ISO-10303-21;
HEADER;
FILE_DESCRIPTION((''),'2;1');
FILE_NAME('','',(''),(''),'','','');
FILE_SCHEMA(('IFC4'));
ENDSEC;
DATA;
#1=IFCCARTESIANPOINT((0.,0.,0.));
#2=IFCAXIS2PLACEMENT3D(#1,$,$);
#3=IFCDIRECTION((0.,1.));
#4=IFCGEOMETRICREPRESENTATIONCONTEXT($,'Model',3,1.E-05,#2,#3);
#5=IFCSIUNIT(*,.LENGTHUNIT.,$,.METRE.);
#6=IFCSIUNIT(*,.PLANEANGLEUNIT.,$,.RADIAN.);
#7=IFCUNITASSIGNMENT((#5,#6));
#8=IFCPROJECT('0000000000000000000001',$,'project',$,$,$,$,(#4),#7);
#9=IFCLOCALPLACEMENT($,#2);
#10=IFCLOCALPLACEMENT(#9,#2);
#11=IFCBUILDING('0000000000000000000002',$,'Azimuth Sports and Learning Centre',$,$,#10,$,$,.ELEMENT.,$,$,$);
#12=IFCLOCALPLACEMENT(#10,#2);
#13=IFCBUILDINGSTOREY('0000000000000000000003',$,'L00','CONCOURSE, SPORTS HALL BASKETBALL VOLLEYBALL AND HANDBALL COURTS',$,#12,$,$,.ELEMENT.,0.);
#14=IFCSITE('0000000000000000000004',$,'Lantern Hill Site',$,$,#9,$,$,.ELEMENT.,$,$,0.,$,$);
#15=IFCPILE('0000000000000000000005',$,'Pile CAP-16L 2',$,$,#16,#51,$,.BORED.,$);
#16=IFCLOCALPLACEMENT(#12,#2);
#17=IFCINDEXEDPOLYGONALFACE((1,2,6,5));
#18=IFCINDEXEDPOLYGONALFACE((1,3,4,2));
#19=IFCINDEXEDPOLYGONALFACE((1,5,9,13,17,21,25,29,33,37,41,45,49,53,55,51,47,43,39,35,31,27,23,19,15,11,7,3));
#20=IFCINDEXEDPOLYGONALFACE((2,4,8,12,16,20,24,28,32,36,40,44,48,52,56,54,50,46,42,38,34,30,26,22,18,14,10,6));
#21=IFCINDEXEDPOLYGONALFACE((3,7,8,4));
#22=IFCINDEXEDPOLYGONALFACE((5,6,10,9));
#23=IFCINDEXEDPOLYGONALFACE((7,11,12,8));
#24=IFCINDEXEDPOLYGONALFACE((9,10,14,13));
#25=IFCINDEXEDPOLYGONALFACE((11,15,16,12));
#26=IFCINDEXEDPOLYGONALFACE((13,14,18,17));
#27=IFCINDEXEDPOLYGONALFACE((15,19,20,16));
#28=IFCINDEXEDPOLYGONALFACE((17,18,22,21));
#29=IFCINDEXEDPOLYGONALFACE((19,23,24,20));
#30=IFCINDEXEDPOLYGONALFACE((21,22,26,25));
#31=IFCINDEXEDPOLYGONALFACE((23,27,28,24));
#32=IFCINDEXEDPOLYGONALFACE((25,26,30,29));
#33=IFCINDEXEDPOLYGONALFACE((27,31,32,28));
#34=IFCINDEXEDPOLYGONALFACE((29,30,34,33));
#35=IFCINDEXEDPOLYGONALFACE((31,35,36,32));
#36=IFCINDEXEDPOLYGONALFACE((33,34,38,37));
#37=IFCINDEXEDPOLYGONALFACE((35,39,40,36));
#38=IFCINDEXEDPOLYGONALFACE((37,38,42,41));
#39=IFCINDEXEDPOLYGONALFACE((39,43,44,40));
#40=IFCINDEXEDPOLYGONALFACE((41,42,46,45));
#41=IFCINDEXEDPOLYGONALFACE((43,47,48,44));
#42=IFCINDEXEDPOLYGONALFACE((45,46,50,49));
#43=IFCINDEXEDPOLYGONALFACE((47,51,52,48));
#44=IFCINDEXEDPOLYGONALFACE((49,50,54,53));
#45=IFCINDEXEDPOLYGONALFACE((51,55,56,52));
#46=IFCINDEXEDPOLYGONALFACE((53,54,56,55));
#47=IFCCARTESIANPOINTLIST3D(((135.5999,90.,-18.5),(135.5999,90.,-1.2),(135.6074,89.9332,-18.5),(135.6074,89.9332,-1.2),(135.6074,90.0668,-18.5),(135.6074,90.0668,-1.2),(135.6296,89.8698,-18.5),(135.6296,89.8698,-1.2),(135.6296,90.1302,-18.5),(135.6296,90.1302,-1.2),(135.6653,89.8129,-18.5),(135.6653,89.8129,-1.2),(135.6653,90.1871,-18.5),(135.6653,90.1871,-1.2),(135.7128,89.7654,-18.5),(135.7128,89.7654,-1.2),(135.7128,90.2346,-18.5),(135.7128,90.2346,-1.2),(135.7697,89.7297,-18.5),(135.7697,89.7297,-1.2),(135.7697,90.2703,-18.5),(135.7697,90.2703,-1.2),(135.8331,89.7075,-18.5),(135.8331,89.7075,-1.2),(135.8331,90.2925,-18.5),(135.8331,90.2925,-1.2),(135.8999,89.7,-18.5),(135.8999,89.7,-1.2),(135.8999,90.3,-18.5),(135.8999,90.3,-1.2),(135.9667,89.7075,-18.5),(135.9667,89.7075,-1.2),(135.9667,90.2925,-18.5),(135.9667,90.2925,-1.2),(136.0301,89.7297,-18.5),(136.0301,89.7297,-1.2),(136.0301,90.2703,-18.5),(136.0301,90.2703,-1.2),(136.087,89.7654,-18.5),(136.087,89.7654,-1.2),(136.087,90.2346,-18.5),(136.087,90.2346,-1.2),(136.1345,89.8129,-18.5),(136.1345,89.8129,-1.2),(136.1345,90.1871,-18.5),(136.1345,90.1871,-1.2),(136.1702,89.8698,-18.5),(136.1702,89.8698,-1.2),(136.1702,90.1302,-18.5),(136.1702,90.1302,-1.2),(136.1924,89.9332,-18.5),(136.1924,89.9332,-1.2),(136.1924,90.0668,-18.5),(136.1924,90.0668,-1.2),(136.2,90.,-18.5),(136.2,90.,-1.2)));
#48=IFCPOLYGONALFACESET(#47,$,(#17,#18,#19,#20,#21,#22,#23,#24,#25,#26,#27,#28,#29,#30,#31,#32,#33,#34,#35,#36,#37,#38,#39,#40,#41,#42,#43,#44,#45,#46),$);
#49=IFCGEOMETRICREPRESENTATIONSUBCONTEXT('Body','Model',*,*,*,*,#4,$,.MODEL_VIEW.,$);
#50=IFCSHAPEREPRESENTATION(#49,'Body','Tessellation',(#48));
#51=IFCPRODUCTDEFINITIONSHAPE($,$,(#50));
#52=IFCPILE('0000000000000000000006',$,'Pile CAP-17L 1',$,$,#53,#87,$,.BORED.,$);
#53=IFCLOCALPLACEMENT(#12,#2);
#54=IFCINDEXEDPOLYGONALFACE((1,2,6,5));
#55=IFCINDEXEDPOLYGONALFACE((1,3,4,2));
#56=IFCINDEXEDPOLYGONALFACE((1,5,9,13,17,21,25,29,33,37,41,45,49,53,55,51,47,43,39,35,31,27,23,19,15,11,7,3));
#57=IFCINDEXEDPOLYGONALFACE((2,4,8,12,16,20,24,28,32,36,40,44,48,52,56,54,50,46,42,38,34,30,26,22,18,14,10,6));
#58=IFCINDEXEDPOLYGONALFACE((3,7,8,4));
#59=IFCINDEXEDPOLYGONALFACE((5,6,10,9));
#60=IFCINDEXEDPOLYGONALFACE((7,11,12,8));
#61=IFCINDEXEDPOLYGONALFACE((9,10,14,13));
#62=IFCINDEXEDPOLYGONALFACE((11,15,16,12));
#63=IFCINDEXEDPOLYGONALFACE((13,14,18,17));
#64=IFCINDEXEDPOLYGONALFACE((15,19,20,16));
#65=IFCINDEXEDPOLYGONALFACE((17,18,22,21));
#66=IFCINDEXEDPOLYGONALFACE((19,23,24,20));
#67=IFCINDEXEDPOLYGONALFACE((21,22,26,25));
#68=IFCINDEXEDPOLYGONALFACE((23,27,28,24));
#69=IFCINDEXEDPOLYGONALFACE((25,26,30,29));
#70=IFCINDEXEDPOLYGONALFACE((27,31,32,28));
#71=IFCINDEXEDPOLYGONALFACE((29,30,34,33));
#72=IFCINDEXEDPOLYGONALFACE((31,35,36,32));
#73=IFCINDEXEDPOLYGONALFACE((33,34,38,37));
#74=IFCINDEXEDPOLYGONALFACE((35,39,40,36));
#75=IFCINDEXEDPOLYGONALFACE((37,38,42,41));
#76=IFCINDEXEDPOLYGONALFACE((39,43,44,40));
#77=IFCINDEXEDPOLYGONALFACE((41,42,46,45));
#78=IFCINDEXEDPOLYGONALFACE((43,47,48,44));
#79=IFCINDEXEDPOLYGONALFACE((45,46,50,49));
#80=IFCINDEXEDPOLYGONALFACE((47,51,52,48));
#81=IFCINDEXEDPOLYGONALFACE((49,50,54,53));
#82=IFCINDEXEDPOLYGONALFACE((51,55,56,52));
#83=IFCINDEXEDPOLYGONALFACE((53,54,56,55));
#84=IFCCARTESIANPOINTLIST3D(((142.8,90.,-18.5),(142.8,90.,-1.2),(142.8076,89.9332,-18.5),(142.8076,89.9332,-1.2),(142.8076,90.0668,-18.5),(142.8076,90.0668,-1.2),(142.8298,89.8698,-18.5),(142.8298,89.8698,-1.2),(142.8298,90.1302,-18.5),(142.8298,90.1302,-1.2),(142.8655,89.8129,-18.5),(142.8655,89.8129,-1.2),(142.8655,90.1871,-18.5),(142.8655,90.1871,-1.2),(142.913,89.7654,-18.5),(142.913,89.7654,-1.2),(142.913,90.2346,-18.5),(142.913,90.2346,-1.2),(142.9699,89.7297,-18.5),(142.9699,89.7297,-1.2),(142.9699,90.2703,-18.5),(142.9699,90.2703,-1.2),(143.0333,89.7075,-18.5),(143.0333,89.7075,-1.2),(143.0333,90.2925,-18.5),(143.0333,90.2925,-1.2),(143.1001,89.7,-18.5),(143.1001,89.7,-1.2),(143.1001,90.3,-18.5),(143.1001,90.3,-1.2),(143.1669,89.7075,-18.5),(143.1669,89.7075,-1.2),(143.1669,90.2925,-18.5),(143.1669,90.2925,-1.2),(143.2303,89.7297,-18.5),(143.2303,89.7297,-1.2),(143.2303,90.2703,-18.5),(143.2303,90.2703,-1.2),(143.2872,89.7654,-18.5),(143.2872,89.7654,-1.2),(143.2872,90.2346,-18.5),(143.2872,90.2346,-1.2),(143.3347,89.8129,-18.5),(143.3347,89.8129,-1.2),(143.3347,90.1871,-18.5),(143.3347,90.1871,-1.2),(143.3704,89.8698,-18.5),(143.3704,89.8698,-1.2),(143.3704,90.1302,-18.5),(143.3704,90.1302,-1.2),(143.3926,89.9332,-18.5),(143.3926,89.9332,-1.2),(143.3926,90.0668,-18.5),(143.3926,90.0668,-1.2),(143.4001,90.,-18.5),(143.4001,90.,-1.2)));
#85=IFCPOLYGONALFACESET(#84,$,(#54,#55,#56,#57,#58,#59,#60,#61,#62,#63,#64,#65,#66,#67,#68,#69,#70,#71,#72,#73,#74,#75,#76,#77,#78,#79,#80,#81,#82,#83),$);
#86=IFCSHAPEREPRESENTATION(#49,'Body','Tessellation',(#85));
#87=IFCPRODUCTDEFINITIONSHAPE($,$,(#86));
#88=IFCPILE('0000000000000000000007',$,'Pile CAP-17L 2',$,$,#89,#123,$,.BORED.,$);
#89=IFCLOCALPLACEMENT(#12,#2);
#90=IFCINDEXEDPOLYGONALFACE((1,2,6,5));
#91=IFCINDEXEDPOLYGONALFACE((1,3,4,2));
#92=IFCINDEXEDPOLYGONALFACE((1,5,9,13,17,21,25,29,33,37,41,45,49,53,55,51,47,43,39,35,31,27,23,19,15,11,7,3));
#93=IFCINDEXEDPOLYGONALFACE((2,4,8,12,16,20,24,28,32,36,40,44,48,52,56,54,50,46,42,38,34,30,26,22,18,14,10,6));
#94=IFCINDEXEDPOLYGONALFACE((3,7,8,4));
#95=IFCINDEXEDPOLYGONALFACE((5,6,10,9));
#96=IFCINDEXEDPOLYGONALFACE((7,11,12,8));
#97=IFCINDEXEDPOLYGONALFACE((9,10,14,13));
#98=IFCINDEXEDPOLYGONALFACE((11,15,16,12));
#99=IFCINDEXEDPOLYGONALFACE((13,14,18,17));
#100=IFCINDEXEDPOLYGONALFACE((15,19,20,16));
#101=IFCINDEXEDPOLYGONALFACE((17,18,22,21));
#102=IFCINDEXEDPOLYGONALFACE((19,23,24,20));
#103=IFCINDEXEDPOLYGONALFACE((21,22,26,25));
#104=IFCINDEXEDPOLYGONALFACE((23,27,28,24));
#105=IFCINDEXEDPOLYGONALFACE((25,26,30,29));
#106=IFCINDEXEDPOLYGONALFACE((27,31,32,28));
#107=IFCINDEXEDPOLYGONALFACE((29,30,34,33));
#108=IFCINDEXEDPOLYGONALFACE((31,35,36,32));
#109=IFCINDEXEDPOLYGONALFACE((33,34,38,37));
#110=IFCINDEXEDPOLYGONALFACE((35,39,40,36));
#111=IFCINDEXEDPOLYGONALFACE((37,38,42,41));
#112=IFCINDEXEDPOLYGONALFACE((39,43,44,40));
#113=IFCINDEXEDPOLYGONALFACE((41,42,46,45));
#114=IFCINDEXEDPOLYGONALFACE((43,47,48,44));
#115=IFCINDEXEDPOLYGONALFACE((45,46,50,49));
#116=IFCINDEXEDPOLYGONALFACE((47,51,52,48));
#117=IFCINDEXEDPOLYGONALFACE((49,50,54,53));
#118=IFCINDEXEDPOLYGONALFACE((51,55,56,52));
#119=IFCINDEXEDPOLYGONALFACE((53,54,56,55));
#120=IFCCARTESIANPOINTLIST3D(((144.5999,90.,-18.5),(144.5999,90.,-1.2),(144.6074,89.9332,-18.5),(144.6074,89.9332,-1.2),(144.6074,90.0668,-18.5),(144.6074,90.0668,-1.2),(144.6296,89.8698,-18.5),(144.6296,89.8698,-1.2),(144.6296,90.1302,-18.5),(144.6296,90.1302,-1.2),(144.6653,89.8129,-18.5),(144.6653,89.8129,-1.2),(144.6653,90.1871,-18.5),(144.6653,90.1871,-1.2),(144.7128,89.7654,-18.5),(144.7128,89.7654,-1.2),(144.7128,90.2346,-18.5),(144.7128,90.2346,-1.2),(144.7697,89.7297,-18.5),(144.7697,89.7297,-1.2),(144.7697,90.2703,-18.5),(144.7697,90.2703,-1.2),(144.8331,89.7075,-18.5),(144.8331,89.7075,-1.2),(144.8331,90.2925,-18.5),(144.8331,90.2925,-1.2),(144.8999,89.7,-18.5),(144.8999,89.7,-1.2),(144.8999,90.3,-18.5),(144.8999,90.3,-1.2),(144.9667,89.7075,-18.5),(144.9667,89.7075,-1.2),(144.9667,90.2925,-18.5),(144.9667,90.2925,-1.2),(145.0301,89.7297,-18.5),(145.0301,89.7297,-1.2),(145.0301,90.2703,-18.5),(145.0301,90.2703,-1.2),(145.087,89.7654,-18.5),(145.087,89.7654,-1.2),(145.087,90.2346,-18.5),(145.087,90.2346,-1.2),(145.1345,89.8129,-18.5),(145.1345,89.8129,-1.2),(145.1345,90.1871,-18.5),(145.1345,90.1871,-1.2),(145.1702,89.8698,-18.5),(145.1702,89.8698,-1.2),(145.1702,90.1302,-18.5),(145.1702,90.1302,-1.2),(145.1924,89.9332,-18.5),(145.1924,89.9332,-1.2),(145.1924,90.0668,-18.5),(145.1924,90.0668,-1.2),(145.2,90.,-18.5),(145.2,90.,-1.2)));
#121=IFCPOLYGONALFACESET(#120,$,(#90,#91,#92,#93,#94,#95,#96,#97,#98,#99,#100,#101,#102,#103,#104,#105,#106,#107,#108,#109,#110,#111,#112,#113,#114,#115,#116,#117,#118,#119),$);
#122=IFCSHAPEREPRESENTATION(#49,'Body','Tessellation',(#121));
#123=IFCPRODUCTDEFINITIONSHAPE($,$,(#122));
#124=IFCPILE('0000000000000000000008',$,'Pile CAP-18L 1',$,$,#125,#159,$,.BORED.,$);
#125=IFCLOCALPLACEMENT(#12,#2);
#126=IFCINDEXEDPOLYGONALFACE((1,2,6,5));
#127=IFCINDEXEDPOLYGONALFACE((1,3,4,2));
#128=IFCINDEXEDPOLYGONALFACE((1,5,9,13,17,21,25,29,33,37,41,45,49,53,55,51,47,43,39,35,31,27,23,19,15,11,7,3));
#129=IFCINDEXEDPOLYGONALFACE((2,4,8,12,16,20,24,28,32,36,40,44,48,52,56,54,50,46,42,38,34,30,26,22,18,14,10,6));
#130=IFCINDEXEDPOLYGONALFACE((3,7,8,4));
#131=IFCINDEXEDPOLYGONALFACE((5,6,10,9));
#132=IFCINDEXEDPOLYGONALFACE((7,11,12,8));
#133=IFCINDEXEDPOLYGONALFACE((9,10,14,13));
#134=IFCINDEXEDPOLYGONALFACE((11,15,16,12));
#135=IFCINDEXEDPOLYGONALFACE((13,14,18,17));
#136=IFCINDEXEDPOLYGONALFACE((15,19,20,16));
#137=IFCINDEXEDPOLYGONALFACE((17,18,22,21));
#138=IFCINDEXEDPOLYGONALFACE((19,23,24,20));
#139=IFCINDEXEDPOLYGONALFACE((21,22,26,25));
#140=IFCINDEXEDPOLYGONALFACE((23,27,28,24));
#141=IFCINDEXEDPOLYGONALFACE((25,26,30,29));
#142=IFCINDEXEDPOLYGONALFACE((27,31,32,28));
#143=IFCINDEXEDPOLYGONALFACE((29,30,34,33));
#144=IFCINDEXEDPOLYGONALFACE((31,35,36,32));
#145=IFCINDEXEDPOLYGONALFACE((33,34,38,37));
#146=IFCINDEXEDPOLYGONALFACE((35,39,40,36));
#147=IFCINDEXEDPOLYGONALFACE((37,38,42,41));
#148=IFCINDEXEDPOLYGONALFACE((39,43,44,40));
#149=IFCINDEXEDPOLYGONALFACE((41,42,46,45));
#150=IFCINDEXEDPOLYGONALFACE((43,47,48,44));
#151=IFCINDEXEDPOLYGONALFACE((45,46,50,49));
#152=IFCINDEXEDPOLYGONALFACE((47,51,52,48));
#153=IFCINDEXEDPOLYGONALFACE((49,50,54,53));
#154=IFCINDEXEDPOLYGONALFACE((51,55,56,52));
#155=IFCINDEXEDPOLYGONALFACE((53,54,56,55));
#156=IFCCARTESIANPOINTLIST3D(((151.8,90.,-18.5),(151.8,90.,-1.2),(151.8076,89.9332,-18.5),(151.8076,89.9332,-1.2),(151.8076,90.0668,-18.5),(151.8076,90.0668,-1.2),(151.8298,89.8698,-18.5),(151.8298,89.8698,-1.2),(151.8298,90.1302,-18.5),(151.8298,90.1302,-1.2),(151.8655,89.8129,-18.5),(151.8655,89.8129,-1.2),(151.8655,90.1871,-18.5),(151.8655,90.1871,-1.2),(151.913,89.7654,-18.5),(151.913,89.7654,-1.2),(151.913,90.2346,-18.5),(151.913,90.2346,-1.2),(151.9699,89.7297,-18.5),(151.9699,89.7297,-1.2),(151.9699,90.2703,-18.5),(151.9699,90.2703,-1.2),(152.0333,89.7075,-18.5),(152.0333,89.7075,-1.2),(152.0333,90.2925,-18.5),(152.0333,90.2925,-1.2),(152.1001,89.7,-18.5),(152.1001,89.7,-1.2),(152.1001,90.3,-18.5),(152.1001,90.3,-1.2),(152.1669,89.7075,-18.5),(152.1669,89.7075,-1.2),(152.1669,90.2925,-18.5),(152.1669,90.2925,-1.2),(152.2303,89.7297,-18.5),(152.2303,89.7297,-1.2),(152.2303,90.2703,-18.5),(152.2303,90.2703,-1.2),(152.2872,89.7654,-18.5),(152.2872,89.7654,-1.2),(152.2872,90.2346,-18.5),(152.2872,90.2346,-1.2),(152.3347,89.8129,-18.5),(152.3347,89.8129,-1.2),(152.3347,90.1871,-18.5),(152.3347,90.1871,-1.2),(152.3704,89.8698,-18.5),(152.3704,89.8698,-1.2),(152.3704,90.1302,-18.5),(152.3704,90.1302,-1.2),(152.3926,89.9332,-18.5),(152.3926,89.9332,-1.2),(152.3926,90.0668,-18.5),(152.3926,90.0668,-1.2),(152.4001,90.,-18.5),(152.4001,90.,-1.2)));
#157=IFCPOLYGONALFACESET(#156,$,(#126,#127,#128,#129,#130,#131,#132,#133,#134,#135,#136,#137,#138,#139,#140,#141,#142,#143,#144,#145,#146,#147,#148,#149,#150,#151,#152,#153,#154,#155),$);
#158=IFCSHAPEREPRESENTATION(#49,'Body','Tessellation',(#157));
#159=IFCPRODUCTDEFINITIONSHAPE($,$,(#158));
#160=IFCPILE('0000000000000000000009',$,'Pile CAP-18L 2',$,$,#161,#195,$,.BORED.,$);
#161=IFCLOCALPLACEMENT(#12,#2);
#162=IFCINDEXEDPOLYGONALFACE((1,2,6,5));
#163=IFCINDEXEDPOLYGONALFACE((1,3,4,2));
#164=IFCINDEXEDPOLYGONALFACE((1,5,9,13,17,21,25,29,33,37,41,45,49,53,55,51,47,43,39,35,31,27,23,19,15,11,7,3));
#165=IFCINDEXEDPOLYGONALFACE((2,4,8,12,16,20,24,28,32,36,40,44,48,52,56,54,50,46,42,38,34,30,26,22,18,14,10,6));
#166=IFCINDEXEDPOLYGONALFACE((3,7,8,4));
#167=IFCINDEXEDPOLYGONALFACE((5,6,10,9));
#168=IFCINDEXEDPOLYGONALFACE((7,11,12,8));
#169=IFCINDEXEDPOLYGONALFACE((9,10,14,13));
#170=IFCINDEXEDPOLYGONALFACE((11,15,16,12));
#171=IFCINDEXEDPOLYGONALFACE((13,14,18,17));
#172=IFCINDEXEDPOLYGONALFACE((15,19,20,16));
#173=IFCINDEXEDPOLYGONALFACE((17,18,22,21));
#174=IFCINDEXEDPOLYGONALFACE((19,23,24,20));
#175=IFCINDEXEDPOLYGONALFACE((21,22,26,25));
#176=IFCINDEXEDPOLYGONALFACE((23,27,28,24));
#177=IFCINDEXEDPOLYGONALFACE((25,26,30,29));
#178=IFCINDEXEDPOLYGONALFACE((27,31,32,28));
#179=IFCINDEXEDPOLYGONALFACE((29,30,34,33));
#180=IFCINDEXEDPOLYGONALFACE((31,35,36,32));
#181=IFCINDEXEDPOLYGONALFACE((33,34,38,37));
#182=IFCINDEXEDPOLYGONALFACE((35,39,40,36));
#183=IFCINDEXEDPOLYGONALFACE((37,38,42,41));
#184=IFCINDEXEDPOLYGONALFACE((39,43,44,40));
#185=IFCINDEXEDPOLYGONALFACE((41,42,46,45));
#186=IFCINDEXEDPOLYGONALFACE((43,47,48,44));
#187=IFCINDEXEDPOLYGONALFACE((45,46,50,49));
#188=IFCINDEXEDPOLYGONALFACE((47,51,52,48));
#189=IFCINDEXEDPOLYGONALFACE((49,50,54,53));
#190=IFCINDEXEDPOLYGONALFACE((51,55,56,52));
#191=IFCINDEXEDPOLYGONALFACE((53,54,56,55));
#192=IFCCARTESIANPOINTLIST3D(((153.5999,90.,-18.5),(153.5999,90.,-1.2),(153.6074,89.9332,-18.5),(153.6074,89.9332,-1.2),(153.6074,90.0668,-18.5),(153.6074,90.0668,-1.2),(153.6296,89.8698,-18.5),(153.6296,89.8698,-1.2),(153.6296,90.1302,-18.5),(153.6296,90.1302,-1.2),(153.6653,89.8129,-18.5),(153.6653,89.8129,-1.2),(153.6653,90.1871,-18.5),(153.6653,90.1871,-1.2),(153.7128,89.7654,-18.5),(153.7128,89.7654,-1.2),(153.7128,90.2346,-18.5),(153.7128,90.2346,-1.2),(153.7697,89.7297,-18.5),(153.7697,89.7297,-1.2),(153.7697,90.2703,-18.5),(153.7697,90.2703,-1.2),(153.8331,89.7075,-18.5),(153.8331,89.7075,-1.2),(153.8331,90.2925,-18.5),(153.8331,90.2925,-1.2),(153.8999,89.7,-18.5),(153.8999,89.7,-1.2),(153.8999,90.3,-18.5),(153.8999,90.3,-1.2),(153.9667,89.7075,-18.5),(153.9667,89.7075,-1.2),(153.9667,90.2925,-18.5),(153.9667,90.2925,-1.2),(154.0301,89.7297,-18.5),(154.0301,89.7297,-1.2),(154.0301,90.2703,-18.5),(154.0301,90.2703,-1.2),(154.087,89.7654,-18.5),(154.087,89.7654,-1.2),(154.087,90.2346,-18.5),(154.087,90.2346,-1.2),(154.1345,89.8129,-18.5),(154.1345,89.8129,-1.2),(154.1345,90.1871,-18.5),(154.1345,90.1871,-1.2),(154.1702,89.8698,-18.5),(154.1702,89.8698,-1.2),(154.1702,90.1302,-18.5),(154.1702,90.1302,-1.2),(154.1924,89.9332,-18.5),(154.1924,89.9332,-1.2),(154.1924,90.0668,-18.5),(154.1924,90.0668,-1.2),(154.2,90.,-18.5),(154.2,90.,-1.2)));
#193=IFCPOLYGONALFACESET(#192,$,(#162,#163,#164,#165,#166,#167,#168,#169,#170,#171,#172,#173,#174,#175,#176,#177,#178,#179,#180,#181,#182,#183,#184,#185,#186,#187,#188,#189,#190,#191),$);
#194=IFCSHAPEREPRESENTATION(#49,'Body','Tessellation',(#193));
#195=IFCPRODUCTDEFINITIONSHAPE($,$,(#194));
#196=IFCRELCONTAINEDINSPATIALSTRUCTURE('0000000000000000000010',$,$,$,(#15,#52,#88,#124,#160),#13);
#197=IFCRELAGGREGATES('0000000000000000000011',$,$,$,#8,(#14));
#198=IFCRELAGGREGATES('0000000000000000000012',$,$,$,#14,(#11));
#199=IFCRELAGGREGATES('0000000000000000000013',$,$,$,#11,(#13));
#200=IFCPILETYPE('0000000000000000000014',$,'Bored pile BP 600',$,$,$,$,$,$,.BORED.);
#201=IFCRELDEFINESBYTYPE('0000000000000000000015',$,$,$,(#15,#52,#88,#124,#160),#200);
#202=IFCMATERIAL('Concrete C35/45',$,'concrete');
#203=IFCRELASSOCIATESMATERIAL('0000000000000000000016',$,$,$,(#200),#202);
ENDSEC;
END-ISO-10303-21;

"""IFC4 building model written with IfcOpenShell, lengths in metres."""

from ifc_helpers import new_model, si_unit, direction, frame, origin, origin_2d, place, context, subcontext, project, spatial, circle, extrude, material, material_profile, profile_set, type_object, element, save


model = new_model("IFC4")

# Units and contexts
model_context = context("Model", 3, precision=1e-05, world=origin(), true_north=direction((0.0, 1.0)))
body_context = subcontext(model_context, "Body", "Model", "MODEL_VIEW")
ifc_project = project(units=[si_unit("LENGTHUNIT", "METRE"), si_unit("PLANEANGLEUNIT", "RADIAN")], contexts=[model_context])

# Site, building, storey
site_placement = place(None, origin())
site = spatial("IfcSite", under=ifc_project, at=site_placement, Name="Lantern Hill Site", CompositionType="ELEMENT", RefElevation=0.0)
building_placement = place(site_placement, origin())
building = spatial("IfcBuilding", under=site, at=building_placement, Name="Azimuth Sports and Learning Centre", CompositionType="ELEMENT")
storey_placement = place(building_placement, origin())
storey = spatial("IfcBuildingStorey", under=building, at=storey_placement, Name="L00", Description="CONCOURSE, SPORTS HALL BASKETBALL VOLLEYBALL AND HANDBALL COURTS", CompositionType="ELEMENT", Elevation=0.0)

# Piles
ifc_material_1 = material(Name="Concrete C35/45", Category="concrete")
ifc_material_profile_1 = material_profile(ifc_material_1, circle(Radius=0.3, at=origin_2d()), Name="BP 600")
ifc_profile_set_1 = profile_set([ifc_material_profile_1], Name="Concrete C35/45")
pile_type = type_object("IfcPileType", Name="Bored pile BP 600", PredefinedType="BORED", material=ifc_profile_set_1)
for number, where, z_axis, x_axis, name in (
    (1, (135.8999, 90.0, -1.2), (0.0, 0.0, -1.0), (1.0, 0.0, 0.0), "Pile CAP-16L 2"),
    (2, (143.1001, 90.0, -1.2), (0.0, 0.0, -1.0), (1.0, 0.0, 0.0), "Pile CAP-17L 1"),
    (3, (144.8999, 90.0, -1.2), (0.0, 0.0, -1.0), (1.0, 0.0, 0.0), "Pile CAP-17L 2"),
    (4, (152.1001, 90.0, -1.2), (0.0, 0.0, -1.0), (1.0, 0.0, 0.0), "Pile CAP-18L 1"),
    (5, (153.8999, 90.0, -1.2), (0.0, 0.0, -1.0), (1.0, 0.0, 0.0), "Pile CAP-18L 2"),
):
    element("IfcPile", number, at=place(storey_placement, frame(where, z_axis=z_axis, x_axis=x_axis)), inside=storey, type_object=pile_type, Name=name, PredefinedType="BORED", context=body_context, shape_type="SweptSolid", body=[
        extrude(circle(Radius=0.3, at=origin_2d()), origin(), (0.0, 0.0, 1.0), 17.3),
    ])

save(model, "model.ifc")
